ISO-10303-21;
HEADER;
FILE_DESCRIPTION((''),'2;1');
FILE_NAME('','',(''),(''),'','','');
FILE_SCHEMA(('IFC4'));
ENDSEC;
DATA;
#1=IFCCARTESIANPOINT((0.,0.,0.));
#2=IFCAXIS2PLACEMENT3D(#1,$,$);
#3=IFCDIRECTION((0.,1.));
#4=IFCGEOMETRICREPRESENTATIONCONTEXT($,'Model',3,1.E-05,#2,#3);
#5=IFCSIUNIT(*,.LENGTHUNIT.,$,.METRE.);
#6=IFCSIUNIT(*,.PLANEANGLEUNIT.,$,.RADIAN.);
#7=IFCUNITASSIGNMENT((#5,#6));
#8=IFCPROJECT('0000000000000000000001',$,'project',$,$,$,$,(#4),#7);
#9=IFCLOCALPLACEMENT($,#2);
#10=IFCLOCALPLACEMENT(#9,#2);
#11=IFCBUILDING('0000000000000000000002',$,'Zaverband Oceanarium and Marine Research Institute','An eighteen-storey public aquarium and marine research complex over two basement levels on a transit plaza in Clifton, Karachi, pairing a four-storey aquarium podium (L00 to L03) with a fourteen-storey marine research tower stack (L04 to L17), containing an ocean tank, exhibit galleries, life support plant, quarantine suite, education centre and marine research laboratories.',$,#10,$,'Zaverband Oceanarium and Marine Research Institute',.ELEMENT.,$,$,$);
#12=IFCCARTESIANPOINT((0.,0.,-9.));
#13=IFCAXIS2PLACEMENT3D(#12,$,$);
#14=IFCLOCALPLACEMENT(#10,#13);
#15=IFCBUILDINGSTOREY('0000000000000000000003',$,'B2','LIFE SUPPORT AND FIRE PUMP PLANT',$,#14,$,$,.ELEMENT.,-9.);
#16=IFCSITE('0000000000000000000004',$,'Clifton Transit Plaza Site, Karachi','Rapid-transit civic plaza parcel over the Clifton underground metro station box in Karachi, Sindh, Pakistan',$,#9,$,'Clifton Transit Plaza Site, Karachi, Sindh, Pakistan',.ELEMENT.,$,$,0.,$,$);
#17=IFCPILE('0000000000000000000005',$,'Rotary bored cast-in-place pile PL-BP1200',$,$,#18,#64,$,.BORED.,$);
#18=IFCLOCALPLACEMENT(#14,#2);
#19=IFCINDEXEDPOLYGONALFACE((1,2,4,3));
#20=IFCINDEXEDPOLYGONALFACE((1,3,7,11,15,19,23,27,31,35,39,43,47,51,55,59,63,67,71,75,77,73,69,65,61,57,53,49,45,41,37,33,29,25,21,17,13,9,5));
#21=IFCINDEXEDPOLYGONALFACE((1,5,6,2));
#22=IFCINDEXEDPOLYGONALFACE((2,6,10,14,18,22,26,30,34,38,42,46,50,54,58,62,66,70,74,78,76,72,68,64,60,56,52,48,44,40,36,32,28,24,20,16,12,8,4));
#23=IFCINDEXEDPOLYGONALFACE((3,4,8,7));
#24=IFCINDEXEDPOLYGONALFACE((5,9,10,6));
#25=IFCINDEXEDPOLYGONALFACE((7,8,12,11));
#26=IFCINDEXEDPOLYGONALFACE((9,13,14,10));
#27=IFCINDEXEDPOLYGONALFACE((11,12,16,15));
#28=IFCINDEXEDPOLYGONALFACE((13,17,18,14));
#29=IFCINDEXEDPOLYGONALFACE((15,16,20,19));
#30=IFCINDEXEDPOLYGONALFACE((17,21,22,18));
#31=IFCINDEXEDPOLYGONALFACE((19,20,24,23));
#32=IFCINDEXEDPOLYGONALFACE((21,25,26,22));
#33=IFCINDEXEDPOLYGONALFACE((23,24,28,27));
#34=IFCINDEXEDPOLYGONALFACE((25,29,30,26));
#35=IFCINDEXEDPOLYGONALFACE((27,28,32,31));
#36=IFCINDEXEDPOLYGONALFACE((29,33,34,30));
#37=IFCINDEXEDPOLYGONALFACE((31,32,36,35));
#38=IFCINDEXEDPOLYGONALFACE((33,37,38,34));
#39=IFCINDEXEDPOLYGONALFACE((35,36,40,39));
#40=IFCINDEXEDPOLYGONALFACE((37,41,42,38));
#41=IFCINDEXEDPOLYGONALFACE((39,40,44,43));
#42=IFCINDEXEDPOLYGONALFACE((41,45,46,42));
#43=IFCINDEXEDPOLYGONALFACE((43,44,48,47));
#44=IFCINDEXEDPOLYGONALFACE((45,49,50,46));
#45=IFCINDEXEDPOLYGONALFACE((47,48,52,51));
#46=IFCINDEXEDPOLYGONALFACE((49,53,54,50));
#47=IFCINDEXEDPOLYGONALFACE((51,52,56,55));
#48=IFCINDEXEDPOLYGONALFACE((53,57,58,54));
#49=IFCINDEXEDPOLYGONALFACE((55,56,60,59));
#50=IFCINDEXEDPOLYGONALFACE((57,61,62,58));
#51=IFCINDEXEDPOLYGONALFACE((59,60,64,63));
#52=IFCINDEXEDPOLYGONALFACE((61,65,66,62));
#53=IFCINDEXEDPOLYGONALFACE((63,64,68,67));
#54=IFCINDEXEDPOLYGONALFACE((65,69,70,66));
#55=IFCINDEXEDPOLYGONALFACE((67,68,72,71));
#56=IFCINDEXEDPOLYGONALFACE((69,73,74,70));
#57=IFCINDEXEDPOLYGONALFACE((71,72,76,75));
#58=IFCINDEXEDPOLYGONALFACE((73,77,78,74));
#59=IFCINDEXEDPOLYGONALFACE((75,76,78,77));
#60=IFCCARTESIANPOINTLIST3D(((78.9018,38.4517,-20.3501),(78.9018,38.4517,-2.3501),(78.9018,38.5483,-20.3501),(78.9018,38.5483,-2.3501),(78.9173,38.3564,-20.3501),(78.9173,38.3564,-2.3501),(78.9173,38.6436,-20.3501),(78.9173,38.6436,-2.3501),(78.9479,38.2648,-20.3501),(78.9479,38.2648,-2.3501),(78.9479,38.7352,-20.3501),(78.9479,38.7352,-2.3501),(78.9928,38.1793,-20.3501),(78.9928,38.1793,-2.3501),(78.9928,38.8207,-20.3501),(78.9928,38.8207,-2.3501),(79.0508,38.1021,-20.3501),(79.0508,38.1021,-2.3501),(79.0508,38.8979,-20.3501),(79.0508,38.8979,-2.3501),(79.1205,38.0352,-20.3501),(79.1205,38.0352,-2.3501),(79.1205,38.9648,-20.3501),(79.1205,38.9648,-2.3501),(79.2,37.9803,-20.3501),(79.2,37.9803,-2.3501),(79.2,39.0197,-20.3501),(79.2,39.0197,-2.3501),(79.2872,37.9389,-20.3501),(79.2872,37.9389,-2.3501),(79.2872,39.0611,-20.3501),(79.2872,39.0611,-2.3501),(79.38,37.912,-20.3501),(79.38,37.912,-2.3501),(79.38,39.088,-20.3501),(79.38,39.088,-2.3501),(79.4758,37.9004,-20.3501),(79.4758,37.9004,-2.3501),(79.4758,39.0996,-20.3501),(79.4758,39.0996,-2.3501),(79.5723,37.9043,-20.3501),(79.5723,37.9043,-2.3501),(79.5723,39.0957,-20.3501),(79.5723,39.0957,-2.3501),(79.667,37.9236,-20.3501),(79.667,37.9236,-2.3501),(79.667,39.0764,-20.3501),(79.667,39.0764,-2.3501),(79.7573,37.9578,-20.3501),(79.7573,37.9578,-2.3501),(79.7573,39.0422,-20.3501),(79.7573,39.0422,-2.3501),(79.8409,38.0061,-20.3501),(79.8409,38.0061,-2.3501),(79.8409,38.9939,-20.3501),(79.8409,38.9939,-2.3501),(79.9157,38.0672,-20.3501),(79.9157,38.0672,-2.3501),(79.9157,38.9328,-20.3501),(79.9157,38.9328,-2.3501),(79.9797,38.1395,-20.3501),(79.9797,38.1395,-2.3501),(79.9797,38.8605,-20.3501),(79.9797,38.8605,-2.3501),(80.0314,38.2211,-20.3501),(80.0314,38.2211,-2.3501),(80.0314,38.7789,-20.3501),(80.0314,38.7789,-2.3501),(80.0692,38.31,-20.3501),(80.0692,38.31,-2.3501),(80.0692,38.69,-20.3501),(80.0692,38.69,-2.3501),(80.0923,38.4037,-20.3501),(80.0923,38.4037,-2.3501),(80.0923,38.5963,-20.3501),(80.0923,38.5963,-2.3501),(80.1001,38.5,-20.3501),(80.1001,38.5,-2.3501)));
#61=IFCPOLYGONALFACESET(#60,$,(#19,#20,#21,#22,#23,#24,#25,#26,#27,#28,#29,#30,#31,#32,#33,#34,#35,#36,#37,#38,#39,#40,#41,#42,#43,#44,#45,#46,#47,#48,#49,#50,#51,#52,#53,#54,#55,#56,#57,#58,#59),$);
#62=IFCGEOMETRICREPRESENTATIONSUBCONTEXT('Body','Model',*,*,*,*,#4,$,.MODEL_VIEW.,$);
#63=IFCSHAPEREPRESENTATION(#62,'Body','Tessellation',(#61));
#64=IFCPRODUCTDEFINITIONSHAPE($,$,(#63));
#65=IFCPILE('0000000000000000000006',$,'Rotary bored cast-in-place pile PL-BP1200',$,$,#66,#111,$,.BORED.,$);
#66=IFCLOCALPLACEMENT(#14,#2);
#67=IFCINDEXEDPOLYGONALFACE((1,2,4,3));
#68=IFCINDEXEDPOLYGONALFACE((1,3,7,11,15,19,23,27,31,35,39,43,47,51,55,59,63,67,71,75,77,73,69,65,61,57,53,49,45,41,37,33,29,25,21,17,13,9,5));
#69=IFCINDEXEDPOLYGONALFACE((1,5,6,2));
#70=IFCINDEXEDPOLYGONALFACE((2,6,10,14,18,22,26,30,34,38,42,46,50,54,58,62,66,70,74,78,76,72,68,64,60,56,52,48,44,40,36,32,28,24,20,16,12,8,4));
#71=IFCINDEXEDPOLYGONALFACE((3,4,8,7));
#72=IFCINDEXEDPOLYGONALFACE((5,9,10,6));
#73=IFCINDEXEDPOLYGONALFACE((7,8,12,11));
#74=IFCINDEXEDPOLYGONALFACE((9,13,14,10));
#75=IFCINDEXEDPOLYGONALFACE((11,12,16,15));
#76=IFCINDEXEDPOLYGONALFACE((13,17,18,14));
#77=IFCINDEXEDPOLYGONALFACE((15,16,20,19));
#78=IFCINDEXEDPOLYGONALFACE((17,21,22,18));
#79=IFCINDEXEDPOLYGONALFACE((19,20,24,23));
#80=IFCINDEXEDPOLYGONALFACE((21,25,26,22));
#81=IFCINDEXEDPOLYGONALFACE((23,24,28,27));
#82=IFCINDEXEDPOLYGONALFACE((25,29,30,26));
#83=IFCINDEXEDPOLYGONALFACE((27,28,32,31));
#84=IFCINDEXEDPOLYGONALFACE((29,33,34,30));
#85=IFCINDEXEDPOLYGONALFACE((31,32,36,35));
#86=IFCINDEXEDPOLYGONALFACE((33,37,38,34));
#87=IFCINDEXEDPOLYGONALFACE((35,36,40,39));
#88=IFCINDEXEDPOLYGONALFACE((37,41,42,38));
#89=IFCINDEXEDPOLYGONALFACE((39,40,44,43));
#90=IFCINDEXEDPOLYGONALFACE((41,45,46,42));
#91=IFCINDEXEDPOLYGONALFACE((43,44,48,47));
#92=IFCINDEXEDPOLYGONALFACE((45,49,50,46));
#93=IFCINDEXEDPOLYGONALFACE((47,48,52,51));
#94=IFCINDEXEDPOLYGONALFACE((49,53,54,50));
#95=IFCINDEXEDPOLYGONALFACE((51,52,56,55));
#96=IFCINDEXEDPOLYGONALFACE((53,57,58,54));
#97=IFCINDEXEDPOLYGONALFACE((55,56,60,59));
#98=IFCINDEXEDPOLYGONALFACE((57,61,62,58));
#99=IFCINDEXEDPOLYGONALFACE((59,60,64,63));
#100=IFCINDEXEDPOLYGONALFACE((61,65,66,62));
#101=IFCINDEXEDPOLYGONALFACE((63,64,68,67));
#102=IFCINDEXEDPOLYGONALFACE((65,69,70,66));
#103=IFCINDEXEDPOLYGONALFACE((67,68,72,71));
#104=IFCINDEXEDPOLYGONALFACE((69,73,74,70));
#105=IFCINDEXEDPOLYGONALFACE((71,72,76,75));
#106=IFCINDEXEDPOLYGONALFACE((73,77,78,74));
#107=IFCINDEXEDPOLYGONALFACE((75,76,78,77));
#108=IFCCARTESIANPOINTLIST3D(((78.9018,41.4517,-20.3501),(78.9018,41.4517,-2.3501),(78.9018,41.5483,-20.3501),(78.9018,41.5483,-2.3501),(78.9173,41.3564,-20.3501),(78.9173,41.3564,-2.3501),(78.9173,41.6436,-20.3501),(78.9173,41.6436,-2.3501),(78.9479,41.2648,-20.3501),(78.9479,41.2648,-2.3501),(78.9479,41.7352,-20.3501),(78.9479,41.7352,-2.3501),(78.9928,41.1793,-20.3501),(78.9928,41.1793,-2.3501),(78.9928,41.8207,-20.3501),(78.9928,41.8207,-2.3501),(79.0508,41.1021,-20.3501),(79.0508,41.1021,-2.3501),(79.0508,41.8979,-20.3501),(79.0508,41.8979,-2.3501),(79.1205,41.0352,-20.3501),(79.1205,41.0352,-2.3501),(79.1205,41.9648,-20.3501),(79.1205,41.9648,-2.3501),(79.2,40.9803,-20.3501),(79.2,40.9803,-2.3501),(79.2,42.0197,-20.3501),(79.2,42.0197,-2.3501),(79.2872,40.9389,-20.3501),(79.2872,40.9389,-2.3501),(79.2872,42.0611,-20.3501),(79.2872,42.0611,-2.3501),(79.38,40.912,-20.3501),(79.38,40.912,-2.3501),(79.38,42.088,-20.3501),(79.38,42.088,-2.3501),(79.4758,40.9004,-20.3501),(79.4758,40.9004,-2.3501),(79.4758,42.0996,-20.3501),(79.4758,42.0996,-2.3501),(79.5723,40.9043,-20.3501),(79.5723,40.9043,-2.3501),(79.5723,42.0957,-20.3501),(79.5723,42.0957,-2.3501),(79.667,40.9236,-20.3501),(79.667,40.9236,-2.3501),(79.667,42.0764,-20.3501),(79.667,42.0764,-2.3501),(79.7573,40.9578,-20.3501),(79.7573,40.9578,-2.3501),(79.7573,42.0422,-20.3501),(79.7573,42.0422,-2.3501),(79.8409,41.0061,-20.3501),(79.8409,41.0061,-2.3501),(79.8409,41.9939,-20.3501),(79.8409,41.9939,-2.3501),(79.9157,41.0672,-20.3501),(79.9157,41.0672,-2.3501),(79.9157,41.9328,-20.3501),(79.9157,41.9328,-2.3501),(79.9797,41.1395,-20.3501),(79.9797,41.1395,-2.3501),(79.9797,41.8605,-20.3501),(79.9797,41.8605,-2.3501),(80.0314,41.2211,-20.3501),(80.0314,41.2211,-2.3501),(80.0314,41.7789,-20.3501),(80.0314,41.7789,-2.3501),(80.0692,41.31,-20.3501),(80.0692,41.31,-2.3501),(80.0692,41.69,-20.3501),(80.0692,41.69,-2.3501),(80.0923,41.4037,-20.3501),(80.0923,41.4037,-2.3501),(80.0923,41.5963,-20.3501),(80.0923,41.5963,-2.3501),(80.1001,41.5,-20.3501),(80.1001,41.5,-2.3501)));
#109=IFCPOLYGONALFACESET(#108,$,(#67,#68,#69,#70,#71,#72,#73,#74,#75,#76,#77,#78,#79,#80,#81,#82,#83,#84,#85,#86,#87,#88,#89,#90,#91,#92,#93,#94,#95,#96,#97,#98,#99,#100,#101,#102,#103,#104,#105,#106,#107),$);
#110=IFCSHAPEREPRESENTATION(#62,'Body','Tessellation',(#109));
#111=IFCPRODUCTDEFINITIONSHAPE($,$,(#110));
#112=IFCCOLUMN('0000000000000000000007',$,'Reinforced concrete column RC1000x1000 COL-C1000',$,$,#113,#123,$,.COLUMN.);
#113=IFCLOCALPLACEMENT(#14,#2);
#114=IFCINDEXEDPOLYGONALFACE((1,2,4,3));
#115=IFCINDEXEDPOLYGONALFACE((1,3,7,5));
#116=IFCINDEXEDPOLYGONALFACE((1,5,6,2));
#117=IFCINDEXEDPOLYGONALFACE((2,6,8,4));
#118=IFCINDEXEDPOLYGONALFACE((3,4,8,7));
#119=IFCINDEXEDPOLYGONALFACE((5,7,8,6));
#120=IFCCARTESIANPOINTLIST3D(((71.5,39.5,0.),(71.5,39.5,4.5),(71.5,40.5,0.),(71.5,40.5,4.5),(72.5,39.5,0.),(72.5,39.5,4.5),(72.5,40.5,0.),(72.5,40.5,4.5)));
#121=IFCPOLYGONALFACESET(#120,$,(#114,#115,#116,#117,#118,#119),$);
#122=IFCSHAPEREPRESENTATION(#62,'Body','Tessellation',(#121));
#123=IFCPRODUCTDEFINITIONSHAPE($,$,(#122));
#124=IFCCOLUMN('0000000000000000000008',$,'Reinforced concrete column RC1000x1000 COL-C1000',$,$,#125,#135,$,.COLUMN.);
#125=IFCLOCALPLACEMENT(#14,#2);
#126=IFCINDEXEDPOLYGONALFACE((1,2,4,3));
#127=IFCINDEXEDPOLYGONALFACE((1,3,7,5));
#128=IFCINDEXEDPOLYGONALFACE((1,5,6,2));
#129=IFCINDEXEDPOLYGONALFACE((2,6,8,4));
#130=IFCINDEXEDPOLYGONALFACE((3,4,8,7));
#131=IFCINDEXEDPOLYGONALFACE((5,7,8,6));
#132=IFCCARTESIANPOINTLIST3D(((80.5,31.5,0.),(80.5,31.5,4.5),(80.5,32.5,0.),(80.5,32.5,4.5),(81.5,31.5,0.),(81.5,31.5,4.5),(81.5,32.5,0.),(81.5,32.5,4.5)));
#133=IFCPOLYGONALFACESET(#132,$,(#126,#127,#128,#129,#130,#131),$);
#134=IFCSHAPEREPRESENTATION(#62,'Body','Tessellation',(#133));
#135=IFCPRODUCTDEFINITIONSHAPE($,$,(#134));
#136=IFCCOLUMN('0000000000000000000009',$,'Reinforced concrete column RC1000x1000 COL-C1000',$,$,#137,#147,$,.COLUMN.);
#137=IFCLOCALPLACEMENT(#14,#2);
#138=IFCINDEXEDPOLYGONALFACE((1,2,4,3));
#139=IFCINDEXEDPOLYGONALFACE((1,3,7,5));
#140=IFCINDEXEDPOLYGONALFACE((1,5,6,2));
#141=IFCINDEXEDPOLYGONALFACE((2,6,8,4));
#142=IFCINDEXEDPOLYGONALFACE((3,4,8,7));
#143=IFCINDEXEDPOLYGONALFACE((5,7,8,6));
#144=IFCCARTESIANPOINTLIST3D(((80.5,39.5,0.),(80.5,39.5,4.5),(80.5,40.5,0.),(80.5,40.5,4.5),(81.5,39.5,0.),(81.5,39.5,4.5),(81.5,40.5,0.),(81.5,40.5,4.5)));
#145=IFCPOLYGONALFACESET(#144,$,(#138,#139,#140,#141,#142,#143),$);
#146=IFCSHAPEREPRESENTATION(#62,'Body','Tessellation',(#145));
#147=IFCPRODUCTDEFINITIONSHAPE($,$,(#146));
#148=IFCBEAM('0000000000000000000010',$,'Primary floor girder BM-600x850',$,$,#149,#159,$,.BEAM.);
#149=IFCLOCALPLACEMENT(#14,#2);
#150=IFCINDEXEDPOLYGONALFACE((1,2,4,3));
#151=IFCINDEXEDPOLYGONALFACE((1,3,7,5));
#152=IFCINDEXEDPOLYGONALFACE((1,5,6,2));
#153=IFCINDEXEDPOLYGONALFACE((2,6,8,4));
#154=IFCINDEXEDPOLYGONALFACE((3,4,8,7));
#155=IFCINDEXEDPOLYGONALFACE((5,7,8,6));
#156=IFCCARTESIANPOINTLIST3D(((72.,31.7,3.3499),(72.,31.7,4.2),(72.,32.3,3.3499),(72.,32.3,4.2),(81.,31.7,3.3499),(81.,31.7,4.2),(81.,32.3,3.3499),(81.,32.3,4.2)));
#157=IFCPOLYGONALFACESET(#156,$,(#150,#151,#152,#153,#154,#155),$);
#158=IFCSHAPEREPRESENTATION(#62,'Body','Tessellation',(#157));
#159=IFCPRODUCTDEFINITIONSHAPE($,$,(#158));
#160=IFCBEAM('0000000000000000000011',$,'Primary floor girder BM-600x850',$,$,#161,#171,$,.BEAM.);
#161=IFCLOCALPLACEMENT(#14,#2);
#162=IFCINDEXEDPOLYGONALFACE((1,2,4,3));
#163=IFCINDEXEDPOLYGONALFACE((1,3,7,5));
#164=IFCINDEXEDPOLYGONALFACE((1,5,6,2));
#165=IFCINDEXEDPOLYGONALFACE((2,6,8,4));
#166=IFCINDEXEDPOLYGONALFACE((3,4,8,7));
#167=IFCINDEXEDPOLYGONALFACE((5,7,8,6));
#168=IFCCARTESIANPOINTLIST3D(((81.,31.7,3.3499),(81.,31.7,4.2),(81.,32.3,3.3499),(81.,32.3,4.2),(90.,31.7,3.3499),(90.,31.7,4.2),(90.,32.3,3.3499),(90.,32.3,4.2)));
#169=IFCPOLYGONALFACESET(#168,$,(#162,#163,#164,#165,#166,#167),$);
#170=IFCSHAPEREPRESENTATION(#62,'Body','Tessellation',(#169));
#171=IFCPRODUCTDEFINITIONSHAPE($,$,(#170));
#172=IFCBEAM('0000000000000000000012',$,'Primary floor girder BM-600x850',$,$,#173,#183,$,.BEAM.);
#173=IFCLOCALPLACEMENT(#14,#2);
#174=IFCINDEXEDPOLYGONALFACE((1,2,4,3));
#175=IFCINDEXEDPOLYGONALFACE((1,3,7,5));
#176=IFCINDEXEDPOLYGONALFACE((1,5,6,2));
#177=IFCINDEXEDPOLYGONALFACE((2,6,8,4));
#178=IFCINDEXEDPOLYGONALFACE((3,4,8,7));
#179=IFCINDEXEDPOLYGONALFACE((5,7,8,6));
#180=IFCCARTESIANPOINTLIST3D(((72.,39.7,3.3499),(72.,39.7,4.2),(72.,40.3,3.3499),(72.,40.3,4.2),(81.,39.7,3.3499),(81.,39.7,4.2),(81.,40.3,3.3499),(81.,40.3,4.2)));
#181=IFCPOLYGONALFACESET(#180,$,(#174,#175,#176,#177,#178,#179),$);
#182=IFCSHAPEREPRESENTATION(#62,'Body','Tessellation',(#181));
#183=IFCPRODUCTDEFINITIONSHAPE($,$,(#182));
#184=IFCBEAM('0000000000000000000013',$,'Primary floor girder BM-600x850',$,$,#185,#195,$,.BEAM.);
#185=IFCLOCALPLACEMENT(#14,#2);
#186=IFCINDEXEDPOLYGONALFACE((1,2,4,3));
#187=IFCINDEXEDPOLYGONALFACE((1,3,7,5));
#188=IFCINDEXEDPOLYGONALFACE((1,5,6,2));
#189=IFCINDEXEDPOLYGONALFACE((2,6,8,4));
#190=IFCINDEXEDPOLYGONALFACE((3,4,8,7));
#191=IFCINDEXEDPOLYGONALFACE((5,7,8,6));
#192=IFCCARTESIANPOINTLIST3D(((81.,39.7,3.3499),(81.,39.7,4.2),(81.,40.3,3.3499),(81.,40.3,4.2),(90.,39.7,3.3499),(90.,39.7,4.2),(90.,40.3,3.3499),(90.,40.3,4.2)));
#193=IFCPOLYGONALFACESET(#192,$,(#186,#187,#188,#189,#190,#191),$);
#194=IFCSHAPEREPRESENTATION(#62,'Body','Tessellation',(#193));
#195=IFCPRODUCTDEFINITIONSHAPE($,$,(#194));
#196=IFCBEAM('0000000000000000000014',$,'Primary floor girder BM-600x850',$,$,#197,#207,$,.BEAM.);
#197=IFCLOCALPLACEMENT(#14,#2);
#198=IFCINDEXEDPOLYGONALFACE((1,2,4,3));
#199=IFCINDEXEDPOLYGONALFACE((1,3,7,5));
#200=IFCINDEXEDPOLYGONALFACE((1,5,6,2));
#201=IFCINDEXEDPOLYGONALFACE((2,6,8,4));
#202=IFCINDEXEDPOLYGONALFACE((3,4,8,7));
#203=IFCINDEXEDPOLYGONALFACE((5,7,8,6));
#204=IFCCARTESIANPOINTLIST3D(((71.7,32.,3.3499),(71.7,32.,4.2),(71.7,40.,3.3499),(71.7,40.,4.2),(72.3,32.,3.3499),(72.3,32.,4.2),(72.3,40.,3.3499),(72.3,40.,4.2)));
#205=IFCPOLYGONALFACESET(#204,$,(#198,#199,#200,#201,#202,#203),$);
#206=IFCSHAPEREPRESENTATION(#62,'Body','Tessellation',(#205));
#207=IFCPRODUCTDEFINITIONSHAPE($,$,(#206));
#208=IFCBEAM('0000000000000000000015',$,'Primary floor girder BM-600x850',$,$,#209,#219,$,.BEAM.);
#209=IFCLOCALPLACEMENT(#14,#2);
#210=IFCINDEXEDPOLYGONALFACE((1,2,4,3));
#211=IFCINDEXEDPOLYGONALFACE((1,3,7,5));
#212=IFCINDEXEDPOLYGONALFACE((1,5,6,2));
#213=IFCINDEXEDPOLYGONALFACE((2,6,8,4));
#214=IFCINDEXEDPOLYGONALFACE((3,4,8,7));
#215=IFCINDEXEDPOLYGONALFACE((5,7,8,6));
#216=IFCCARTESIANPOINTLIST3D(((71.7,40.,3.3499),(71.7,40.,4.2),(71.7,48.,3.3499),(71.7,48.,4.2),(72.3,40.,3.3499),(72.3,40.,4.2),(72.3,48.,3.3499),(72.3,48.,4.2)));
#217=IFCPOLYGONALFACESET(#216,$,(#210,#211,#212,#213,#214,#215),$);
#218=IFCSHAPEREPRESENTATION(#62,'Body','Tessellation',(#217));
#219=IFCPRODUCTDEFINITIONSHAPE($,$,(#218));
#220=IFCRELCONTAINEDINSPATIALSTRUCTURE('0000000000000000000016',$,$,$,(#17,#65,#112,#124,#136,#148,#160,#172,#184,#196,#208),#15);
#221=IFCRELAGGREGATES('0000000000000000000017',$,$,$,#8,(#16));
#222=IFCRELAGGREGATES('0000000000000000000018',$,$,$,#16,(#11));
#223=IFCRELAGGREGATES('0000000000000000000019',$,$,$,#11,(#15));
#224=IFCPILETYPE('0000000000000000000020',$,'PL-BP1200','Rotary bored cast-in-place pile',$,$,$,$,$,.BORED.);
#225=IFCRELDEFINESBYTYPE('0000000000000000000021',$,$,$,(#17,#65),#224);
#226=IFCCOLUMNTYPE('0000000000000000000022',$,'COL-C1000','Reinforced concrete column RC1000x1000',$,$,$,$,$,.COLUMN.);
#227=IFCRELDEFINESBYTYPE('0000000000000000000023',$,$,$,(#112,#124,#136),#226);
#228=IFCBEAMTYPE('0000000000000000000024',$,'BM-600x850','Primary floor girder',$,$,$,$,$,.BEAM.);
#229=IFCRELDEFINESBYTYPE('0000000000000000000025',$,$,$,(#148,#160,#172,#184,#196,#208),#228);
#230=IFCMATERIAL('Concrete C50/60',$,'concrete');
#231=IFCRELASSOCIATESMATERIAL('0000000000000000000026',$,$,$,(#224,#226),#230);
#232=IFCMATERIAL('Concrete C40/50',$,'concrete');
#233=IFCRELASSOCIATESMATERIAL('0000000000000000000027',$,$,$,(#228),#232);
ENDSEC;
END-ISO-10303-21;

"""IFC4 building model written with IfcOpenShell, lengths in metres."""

from ifc_helpers import new_model, si_unit, direction, frame, origin, origin_2d, place, context, subcontext, project, spatial, rectangle, circle, extrude, material, material_profile, profile_set, type_object, element, save


model = new_model("IFC4")

# Units and contexts
model_context = context("Model", 3, precision=1e-05, world=origin(), true_north=direction((0.0, 1.0)))
body_context = subcontext(model_context, "Body", "Model", "MODEL_VIEW")
ifc_project = project(units=[si_unit("LENGTHUNIT", "METRE"), si_unit("PLANEANGLEUNIT", "RADIAN")], contexts=[model_context])

# Site, building, storey
site_placement = place(None, origin())
site = spatial("IfcSite", under=ifc_project, at=site_placement, Name="Clifton Transit Plaza Site, Karachi", Description="Rapid-transit civic plaza parcel over the Clifton underground metro station box in Karachi, Sindh, Pakistan", LongName="Clifton Transit Plaza Site, Karachi, Sindh, Pakistan", CompositionType="ELEMENT", RefElevation=0.0)
building_placement = place(site_placement, origin())
building = spatial("IfcBuilding", under=site, at=building_placement, Name="Zaverband Oceanarium and Marine Research Institute", Description="An eighteen-storey public aquarium and marine research complex over two basement levels on a transit plaza in Clifton, Karachi, pairing a four-storey aquarium podium (L00 to L03) with a fourteen-storey marine research tower stack (L04 to L17), containing an ocean tank, exhibit galleries, life support plant, quarantine suite, education centre and marine research laboratories.", LongName="Zaverband Oceanarium and Marine Research Institute", CompositionType="ELEMENT")
storey_placement = place(building_placement, frame((0.0, 0.0, -9.0)))
storey = spatial("IfcBuildingStorey", under=building, at=storey_placement, Name="B2", Description="LIFE SUPPORT AND FIRE PUMP PLANT", CompositionType="ELEMENT", Elevation=-9.0)

# Shared definitions
ifc_material_1 = material(Name="Concrete C50/60", Category="concrete")

# Piles
ifc_material_profile_1 = material_profile(ifc_material_1, circle(Radius=0.6001, at=origin_2d()), Name="BP1200")
ifc_profile_set_1 = profile_set([ifc_material_profile_1], Name="Concrete C50/60")
pile_type_1 = type_object("IfcPileType", Name="PL-BP1200", Description="Rotary bored cast-in-place pile", PredefinedType="BORED", material=ifc_profile_set_1)
for number, where, z_axis, x_axis, name in (
    (1, (79.5, 38.5, -2.3501), (0.0, 0.0, -1.0), (1.0, 0.0, 0.0), "Rotary bored cast-in-place pile PL-BP1200"),
    (2, (79.5, 41.5, -2.3501), (0.0, 0.0, -1.0), (1.0, 0.0, 0.0), "Rotary bored cast-in-place pile PL-BP1200"),
):
    element("IfcPile", number, at=place(storey_placement, frame(where, z_axis=z_axis, x_axis=x_axis)), inside=storey, type_object=pile_type_1, Name=name, PredefinedType="BORED", context=body_context, shape_type="SweptSolid", body=[
        extrude(circle(Radius=0.6001, at=origin_2d()), origin(), (0.0, 0.0, 1.0), 18.0),
    ])

# Columns
ifc_material_profile_2 = material_profile(ifc_material_1, rectangle(XDim=1.0, YDim=1.0, at=origin_2d()), Name="RC1000x1000")
ifc_profile_set_2 = profile_set([ifc_material_profile_2], Name="Concrete C50/60")
column_type = type_object("IfcColumnType", Name="COL-C1000", Description="Reinforced concrete column RC1000x1000", PredefinedType="COLUMN", material=ifc_profile_set_2)
for number, where, z_axis, x_axis, name in (
    (3, (72.0, 40.0, 0.0), (0.0, 0.0, 1.0), (1.0, 0.0, 0.0), "Reinforced concrete column RC1000x1000 COL-C1000"),
    (4, (81.0, 32.0, 0.0), (0.0, 0.0, 1.0), (1.0, 0.0, 0.0), "Reinforced concrete column RC1000x1000 COL-C1000"),
    (5, (81.0, 40.0, 0.0), (0.0, 0.0, 1.0), (1.0, 0.0, 0.0), "Reinforced concrete column RC1000x1000 COL-C1000"),
):
    element("IfcColumn", number, at=place(storey_placement, frame(where, z_axis=z_axis, x_axis=x_axis)), inside=storey, type_object=column_type, Name=name, PredefinedType="COLUMN", context=body_context, shape_type="SweptSolid", body=[
        extrude(rectangle(XDim=1.0, YDim=1.0, at=origin_2d()), origin(), (0.0, 0.0, 1.0), 4.5),
    ])

# Beams
ifc_material_2 = material(Name="Concrete C40/50", Category="concrete")
ifc_material_profile_3 = material_profile(ifc_material_2, rectangle(XDim=0.6001, YDim=0.8501, at=origin_2d()), Name="RC600x850")
ifc_profile_set_3 = profile_set([ifc_material_profile_3], Name="Concrete C40/50")
beam_type_1 = type_object("IfcBeamType", Name="BM-600x850", Description="Primary floor girder", PredefinedType="BEAM", material=ifc_profile_set_3)
for number, where, z_axis, x_axis, name in (
    (6, (72.0, 32.0, 3.7749), (1.0, 0.0, 0.0), (0.0, 1.0, 0.0), "Primary floor girder BM-600x850"),
    (7, (81.0, 32.0, 3.7749), (1.0, 0.0, 0.0), (0.0, 1.0, 0.0), "Primary floor girder BM-600x850"),
    (8, (72.0, 40.0, 3.7749), (1.0, 0.0, 0.0), (0.0, 1.0, 0.0), "Primary floor girder BM-600x850"),
    (9, (81.0, 40.0, 3.7749), (1.0, 0.0, 0.0), (0.0, 1.0, 0.0), "Primary floor girder BM-600x850"),
):
    element("IfcBeam", number, at=place(storey_placement, frame(where, z_axis=z_axis, x_axis=x_axis)), inside=storey, type_object=beam_type_1, Name=name, PredefinedType="BEAM", context=body_context, shape_type="SweptSolid", body=[
        extrude(rectangle(XDim=0.6001, YDim=0.8501, at=origin_2d()), origin(), (0.0, 0.0, 1.0), 9.0),
    ])
for number, where, z_axis, x_axis, name in (
    (10, (72.0, 32.0, 3.7749), (0.0, 1.0, 0.0), (-1.0, 0.0, 0.0), "Primary floor girder BM-600x850"),
    (11, (72.0, 40.0, 3.7749), (0.0, 1.0, 0.0), (-1.0, 0.0, 0.0), "Primary floor girder BM-600x850"),
):
    element("IfcBeam", number, at=place(storey_placement, frame(where, z_axis=z_axis, x_axis=x_axis)), inside=storey, type_object=beam_type_1, Name=name, PredefinedType="BEAM", context=body_context, shape_type="SweptSolid", body=[
        extrude(rectangle(XDim=0.6001, YDim=0.8501, at=origin_2d()), origin(), (0.0, 0.0, 1.0), 8.0),
    ])

save(model, "model.ifc")
